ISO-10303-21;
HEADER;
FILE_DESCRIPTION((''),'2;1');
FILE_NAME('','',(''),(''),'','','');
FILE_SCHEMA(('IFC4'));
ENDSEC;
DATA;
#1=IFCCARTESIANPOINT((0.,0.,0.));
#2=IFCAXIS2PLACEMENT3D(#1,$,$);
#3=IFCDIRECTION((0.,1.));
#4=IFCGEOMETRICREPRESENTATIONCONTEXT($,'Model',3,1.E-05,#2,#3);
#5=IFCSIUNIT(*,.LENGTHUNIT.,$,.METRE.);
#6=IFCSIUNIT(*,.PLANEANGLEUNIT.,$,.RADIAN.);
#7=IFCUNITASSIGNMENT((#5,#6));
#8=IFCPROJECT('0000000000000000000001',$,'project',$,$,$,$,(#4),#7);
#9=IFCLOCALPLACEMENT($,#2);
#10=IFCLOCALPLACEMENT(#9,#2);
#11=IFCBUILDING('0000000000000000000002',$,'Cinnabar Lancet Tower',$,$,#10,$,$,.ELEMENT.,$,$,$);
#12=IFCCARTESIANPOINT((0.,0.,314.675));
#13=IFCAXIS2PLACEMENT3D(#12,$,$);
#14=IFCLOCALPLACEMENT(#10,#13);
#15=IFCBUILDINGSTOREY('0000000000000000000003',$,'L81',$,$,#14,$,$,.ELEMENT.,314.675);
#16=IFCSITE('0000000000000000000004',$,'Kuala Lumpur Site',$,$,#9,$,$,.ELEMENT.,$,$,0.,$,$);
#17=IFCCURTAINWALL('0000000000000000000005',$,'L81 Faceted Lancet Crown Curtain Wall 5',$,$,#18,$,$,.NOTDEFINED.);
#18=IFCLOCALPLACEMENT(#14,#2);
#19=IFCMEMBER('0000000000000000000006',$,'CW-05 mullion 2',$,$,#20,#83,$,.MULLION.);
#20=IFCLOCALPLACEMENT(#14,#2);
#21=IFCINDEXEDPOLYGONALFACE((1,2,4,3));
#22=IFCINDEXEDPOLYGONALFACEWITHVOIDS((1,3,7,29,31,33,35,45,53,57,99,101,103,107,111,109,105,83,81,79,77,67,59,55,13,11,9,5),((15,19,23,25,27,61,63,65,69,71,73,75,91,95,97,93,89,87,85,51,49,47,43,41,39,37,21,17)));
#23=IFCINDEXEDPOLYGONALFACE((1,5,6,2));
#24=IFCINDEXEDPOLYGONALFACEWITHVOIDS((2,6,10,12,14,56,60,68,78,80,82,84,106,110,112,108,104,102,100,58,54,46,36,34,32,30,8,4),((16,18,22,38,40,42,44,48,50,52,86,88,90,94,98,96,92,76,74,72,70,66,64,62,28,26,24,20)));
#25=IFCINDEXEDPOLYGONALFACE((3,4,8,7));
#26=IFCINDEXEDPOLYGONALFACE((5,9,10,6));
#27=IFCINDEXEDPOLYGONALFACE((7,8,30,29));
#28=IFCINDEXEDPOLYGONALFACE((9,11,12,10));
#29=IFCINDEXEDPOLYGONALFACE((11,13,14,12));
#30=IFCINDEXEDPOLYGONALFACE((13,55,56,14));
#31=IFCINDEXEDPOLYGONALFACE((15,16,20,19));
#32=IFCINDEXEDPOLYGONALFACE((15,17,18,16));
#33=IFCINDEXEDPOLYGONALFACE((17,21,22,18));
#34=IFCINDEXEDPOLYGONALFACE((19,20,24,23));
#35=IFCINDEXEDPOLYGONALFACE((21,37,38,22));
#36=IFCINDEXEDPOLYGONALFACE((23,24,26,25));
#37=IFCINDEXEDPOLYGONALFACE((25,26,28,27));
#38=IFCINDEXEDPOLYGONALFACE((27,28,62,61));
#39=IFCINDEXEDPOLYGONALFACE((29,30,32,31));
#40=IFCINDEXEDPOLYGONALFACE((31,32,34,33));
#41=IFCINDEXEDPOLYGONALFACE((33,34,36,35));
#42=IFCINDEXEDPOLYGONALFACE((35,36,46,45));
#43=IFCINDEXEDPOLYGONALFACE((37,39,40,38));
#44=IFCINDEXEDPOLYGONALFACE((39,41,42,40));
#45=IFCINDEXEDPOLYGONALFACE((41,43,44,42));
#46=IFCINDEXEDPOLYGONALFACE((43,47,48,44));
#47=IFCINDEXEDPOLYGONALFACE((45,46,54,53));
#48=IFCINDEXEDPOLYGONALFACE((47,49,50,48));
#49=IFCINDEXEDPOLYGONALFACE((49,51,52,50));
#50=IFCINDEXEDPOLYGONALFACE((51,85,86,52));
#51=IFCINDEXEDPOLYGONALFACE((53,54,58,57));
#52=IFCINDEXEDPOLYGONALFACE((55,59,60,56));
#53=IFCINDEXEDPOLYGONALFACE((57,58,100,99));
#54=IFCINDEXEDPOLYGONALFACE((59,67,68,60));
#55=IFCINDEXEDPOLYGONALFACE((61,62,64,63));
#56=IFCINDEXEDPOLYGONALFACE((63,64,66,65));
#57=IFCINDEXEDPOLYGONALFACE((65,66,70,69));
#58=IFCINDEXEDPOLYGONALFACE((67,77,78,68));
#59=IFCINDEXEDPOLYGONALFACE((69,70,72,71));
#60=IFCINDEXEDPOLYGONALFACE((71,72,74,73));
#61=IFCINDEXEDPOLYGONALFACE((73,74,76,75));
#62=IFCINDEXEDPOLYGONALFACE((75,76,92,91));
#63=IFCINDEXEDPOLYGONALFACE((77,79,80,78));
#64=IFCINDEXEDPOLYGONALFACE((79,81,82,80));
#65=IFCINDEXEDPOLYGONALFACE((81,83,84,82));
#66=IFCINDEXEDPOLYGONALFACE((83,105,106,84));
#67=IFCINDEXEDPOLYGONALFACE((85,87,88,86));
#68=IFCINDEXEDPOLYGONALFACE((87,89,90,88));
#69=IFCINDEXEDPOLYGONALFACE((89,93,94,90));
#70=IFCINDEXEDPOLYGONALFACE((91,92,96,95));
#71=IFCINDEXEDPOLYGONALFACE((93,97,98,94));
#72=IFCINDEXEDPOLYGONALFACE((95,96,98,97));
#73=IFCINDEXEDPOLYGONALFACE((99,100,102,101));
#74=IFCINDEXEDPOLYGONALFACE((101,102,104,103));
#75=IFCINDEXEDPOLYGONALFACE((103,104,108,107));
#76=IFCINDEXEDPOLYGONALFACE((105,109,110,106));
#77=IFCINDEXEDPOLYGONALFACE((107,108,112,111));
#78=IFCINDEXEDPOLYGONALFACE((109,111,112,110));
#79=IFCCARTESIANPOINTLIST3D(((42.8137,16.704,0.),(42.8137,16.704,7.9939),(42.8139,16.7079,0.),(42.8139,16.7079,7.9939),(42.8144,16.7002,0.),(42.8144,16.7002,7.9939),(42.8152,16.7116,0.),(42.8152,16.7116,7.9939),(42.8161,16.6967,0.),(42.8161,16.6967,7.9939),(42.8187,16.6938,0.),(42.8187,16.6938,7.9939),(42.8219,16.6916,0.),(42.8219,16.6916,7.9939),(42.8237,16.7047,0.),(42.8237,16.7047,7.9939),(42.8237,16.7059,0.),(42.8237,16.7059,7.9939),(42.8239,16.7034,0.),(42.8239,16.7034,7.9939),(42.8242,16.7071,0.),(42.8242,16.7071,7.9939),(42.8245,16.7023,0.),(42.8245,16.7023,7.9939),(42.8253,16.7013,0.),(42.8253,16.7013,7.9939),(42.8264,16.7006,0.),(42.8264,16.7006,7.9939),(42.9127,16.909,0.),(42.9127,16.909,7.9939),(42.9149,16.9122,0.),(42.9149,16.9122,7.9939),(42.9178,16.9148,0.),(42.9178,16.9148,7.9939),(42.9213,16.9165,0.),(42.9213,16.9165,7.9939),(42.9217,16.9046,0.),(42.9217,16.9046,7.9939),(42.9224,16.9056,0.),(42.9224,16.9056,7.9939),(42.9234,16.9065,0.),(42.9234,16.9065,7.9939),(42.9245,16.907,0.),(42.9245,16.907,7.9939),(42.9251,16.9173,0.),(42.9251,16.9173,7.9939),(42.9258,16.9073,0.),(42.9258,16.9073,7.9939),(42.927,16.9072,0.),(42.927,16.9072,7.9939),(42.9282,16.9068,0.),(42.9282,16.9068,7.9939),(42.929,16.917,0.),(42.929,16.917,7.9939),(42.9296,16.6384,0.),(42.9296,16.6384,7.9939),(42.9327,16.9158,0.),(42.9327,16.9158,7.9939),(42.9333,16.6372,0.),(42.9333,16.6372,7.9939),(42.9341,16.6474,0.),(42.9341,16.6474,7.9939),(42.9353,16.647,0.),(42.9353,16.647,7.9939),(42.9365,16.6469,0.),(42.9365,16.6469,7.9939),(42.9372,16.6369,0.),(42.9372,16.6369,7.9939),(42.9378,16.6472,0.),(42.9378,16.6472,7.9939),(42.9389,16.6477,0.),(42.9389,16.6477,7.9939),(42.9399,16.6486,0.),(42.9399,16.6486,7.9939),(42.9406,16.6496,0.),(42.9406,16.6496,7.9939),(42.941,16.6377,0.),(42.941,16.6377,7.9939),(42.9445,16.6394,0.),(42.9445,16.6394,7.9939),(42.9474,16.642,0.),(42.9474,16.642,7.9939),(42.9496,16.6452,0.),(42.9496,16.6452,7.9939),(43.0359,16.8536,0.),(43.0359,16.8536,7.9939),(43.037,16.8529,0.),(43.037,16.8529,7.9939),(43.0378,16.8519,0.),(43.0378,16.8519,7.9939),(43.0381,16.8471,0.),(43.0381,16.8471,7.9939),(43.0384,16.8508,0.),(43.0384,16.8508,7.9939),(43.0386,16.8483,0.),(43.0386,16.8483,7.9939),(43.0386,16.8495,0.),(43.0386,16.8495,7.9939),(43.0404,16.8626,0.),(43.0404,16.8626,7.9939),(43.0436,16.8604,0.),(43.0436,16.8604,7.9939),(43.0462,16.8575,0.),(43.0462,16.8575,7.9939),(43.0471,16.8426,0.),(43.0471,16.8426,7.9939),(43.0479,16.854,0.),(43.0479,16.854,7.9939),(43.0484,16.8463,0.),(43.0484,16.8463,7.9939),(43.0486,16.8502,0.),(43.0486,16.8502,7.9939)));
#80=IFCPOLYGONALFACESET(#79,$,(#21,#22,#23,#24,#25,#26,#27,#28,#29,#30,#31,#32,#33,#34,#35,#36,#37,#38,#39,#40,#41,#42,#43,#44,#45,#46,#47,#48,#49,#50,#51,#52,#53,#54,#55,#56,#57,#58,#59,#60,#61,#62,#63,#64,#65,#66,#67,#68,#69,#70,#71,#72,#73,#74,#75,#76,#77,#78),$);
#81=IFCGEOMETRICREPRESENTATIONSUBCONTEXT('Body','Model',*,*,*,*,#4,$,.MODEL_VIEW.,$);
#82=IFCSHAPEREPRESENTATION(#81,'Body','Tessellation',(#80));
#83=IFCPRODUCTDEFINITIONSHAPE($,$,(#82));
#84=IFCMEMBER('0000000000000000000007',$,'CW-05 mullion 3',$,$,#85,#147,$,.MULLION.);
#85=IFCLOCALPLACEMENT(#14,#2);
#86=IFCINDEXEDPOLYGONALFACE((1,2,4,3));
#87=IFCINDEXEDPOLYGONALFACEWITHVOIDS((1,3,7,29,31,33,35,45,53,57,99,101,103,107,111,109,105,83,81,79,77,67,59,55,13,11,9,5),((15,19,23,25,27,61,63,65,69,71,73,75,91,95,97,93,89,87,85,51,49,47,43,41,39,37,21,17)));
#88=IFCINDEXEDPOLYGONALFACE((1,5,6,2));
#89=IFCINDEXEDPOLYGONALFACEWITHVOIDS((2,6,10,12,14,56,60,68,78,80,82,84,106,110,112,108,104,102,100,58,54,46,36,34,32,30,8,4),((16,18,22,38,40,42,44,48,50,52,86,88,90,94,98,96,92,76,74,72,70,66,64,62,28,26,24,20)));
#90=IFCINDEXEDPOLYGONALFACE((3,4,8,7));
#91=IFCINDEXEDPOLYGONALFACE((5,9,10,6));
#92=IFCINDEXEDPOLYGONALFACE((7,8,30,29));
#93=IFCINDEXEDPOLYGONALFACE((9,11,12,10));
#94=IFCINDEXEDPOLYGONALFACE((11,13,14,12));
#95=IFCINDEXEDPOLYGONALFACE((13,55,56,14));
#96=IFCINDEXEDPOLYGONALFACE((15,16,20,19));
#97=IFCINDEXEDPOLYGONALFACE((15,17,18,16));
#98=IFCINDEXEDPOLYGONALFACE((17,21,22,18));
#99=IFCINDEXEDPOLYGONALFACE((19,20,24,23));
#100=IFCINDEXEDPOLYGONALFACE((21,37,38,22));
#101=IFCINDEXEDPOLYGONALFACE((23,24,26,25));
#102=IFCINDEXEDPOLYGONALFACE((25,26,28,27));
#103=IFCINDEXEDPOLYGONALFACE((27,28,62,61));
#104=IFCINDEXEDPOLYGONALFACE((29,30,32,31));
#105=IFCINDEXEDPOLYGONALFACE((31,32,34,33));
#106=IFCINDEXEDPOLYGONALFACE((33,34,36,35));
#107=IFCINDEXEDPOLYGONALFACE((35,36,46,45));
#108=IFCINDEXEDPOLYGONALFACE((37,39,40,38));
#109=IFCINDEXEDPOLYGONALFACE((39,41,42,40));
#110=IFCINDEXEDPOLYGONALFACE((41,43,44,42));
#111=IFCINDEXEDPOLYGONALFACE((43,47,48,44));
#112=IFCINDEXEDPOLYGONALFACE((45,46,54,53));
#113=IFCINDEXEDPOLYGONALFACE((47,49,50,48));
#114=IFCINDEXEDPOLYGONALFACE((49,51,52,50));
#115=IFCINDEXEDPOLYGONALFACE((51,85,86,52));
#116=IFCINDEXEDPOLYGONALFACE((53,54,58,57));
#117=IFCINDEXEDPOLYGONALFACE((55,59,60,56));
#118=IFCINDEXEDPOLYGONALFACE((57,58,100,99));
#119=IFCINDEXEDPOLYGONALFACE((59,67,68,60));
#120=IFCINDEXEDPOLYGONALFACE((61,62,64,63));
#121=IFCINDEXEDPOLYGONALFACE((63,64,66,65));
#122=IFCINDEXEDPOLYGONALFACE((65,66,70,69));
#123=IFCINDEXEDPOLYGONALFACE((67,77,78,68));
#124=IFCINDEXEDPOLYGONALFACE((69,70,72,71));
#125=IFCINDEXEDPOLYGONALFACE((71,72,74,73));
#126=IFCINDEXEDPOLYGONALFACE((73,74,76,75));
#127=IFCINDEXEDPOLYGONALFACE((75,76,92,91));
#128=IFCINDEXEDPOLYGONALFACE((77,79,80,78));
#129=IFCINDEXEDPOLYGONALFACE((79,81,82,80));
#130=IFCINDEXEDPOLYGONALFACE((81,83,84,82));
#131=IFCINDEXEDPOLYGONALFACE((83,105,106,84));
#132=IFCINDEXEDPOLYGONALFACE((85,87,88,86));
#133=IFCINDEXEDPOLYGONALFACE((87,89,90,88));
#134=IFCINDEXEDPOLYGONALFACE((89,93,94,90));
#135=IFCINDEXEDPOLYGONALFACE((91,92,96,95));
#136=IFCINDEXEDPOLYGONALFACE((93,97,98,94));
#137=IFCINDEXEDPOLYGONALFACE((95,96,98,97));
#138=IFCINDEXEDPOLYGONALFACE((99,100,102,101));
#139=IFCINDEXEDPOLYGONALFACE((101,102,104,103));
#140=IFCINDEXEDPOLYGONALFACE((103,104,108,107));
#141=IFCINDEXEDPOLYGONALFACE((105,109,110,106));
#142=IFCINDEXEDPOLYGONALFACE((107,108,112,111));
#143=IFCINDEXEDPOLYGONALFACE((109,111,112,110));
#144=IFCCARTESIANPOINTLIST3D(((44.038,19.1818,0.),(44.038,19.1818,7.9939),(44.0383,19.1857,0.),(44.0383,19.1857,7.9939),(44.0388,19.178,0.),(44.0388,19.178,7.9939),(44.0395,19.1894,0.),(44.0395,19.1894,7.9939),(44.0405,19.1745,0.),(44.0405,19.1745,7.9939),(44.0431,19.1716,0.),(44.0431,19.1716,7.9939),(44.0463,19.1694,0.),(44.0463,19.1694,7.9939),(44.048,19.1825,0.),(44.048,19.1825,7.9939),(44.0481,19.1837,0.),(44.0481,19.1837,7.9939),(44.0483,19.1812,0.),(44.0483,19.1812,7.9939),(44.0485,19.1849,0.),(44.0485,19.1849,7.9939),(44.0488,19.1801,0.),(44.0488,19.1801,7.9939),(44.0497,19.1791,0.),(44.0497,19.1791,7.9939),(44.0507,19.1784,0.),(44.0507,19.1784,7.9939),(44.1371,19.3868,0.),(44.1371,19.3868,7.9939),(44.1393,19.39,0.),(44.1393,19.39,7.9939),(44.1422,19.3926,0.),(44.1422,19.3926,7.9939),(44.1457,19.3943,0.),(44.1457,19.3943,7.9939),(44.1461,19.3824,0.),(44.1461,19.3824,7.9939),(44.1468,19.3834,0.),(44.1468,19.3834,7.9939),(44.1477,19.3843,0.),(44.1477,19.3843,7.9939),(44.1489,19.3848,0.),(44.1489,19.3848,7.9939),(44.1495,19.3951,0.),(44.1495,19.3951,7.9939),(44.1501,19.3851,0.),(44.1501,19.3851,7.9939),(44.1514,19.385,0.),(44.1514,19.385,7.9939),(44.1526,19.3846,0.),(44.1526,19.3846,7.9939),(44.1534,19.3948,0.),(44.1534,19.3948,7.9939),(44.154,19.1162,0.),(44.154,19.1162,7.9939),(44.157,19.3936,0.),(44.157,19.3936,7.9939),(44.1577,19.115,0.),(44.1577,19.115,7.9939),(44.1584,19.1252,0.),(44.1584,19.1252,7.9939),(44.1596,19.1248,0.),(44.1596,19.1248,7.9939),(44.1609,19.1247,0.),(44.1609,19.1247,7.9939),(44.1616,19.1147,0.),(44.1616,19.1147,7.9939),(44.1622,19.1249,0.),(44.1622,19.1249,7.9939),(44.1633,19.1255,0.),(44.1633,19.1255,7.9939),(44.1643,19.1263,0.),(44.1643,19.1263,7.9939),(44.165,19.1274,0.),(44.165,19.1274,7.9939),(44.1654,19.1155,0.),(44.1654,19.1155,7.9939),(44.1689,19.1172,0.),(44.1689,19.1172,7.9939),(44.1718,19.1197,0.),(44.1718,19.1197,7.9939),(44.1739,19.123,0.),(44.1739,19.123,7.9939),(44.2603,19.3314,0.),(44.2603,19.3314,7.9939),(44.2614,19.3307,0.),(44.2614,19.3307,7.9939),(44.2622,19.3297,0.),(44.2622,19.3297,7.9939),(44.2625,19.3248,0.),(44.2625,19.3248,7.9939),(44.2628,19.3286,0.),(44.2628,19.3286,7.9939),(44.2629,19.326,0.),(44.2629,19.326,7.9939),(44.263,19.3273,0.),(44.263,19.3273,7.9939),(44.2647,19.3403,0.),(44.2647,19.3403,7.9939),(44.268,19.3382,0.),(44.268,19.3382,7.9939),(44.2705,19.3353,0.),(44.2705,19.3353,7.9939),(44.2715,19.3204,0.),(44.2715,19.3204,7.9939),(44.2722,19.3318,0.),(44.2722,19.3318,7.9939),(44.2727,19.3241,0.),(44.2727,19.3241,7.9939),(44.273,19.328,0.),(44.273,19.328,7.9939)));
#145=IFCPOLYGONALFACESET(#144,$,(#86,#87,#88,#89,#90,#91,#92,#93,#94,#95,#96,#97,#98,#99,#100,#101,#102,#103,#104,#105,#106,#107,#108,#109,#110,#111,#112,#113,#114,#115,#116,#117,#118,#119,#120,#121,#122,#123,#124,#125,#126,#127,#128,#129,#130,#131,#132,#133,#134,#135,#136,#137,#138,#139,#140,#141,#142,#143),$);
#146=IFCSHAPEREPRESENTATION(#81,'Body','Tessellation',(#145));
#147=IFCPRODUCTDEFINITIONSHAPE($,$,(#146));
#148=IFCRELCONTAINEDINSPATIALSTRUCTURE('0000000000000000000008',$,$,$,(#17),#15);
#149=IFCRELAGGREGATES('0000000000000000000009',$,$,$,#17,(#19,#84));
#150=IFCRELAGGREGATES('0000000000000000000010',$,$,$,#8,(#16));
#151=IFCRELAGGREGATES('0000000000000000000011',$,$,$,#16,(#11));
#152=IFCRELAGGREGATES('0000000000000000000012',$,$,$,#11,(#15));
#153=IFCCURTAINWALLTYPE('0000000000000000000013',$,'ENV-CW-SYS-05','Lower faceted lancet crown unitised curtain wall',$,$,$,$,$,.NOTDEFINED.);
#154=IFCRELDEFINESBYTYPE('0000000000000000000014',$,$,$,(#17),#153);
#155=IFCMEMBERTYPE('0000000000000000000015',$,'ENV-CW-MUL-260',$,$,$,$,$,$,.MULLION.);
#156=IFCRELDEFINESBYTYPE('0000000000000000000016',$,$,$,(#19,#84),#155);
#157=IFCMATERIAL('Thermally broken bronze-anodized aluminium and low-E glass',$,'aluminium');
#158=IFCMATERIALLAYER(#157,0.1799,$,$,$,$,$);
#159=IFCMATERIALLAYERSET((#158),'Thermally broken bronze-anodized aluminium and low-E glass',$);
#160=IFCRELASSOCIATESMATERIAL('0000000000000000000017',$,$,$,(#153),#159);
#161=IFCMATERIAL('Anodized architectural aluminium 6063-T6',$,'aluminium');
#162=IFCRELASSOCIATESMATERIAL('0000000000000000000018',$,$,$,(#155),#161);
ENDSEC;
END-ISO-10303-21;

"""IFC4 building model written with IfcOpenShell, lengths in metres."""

from ifc_helpers import new_model, si_unit, direction, frame, origin, origin_2d, place, context, subcontext, project, spatial, hollow_rectangle, extrude, material, layer, layer_set, material_profile, profile_set, type_object, element, aggregate, save


model = new_model("IFC4")

# Units and contexts
model_context = context("Model", 3, precision=1e-05, world=origin(), true_north=direction((0.0, 1.0)))
body_context = subcontext(model_context, "Body", "Model", "MODEL_VIEW")
ifc_project = project(units=[si_unit("LENGTHUNIT", "METRE"), si_unit("PLANEANGLEUNIT", "RADIAN")], contexts=[model_context])

# Site, building, storey
site_placement = place(None, origin())
site = spatial("IfcSite", under=ifc_project, at=site_placement, Name="Kuala Lumpur Site", CompositionType="ELEMENT", RefElevation=0.0)
building_placement = place(site_placement, origin())
building = spatial("IfcBuilding", under=site, at=building_placement, Name="Cinnabar Lancet Tower", CompositionType="ELEMENT")
storey_placement = place(building_placement, frame((0.0, 0.0, 314.675)))
storey = spatial("IfcBuildingStorey", under=building, at=storey_placement, Name="L81", CompositionType="ELEMENT", Elevation=314.675)

# Shared definitions
ifc_material_1 = material(Name="Thermally broken bronze-anodized aluminium and low-E glass", Category="aluminium")
ifc_layer_1 = layer(ifc_material_1, 0.1799)
ifc_layer_set_1 = layer_set([ifc_layer_1], Name="Thermally broken bronze-anodized aluminium and low-E glass")
curtain_wall_type = type_object("IfcCurtainWallType", Name="ENV-CW-SYS-05", Description="Lower faceted lancet crown unitised curtain wall", PredefinedType="NOTDEFINED", material=ifc_layer_set_1)
ifc_material_2 = material(Name="Anodized architectural aluminium 6063-T6", Category="aluminium")
ifc_material_profile_1 = material_profile(ifc_material_2, hollow_rectangle(XDim=0.1499, YDim=0.25, WallThickness=0.01, InnerFilletRadius=0.0049, OuterFilletRadius=0.0149, at=origin_2d()), Name="RHS 250x150x10")
ifc_profile_set_1 = profile_set([ifc_material_profile_1], Name="Anodized architectural aluminium 6063-T6")
member_type_1 = type_object("IfcMemberType", Name="ENV-CW-MUL-260", PredefinedType="MULLION", material=ifc_profile_set_1)

# Curtain wall, members
curtain_wall_1_placement = place(storey_placement, origin())
curtain_wall_1 = element("IfcCurtainWall", 1, at=curtain_wall_1_placement, inside=storey, type_object=curtain_wall_type, Name="L81 Faceted Lancet Crown Curtain Wall 5", PredefinedType="NOTDEFINED")
member_1_placement = place(storey_placement, frame((42.9312, 16.7771, 0.0), z_axis=(0.0, 0.0, 1.0), x_axis=(-0.896552, 0.442939, 0.0)))
member_1 = element("IfcMember", 2, at=member_1_placement, type_object=member_type_1, Name="CW-05 mullion 2", PredefinedType="MULLION", context=body_context, shape_type="SweptSolid", body=[
    extrude(hollow_rectangle(XDim=0.1499, YDim=0.25, WallThickness=0.01, InnerFilletRadius=0.0049, OuterFilletRadius=0.0149, at=origin_2d()), origin(), (0.0, 0.0, 1.0), 7.9939),
])
member_2_placement = place(storey_placement, frame((44.1555, 19.2549, 0.0), z_axis=(0.0, 0.0, 1.0), x_axis=(-0.896552, 0.442939, 0.0)))
member_2 = element("IfcMember", 3, at=member_2_placement, type_object=member_type_1, Name="CW-05 mullion 3", PredefinedType="MULLION", context=body_context, shape_type="SweptSolid", body=[
    extrude(hollow_rectangle(XDim=0.1499, YDim=0.25, WallThickness=0.01, InnerFilletRadius=0.0049, OuterFilletRadius=0.0149, at=origin_2d()), origin(), (0.0, 0.0, 1.0), 7.9939),
])

aggregate(curtain_wall_1, [member_1, member_2])

save(model, "model.ifc")
